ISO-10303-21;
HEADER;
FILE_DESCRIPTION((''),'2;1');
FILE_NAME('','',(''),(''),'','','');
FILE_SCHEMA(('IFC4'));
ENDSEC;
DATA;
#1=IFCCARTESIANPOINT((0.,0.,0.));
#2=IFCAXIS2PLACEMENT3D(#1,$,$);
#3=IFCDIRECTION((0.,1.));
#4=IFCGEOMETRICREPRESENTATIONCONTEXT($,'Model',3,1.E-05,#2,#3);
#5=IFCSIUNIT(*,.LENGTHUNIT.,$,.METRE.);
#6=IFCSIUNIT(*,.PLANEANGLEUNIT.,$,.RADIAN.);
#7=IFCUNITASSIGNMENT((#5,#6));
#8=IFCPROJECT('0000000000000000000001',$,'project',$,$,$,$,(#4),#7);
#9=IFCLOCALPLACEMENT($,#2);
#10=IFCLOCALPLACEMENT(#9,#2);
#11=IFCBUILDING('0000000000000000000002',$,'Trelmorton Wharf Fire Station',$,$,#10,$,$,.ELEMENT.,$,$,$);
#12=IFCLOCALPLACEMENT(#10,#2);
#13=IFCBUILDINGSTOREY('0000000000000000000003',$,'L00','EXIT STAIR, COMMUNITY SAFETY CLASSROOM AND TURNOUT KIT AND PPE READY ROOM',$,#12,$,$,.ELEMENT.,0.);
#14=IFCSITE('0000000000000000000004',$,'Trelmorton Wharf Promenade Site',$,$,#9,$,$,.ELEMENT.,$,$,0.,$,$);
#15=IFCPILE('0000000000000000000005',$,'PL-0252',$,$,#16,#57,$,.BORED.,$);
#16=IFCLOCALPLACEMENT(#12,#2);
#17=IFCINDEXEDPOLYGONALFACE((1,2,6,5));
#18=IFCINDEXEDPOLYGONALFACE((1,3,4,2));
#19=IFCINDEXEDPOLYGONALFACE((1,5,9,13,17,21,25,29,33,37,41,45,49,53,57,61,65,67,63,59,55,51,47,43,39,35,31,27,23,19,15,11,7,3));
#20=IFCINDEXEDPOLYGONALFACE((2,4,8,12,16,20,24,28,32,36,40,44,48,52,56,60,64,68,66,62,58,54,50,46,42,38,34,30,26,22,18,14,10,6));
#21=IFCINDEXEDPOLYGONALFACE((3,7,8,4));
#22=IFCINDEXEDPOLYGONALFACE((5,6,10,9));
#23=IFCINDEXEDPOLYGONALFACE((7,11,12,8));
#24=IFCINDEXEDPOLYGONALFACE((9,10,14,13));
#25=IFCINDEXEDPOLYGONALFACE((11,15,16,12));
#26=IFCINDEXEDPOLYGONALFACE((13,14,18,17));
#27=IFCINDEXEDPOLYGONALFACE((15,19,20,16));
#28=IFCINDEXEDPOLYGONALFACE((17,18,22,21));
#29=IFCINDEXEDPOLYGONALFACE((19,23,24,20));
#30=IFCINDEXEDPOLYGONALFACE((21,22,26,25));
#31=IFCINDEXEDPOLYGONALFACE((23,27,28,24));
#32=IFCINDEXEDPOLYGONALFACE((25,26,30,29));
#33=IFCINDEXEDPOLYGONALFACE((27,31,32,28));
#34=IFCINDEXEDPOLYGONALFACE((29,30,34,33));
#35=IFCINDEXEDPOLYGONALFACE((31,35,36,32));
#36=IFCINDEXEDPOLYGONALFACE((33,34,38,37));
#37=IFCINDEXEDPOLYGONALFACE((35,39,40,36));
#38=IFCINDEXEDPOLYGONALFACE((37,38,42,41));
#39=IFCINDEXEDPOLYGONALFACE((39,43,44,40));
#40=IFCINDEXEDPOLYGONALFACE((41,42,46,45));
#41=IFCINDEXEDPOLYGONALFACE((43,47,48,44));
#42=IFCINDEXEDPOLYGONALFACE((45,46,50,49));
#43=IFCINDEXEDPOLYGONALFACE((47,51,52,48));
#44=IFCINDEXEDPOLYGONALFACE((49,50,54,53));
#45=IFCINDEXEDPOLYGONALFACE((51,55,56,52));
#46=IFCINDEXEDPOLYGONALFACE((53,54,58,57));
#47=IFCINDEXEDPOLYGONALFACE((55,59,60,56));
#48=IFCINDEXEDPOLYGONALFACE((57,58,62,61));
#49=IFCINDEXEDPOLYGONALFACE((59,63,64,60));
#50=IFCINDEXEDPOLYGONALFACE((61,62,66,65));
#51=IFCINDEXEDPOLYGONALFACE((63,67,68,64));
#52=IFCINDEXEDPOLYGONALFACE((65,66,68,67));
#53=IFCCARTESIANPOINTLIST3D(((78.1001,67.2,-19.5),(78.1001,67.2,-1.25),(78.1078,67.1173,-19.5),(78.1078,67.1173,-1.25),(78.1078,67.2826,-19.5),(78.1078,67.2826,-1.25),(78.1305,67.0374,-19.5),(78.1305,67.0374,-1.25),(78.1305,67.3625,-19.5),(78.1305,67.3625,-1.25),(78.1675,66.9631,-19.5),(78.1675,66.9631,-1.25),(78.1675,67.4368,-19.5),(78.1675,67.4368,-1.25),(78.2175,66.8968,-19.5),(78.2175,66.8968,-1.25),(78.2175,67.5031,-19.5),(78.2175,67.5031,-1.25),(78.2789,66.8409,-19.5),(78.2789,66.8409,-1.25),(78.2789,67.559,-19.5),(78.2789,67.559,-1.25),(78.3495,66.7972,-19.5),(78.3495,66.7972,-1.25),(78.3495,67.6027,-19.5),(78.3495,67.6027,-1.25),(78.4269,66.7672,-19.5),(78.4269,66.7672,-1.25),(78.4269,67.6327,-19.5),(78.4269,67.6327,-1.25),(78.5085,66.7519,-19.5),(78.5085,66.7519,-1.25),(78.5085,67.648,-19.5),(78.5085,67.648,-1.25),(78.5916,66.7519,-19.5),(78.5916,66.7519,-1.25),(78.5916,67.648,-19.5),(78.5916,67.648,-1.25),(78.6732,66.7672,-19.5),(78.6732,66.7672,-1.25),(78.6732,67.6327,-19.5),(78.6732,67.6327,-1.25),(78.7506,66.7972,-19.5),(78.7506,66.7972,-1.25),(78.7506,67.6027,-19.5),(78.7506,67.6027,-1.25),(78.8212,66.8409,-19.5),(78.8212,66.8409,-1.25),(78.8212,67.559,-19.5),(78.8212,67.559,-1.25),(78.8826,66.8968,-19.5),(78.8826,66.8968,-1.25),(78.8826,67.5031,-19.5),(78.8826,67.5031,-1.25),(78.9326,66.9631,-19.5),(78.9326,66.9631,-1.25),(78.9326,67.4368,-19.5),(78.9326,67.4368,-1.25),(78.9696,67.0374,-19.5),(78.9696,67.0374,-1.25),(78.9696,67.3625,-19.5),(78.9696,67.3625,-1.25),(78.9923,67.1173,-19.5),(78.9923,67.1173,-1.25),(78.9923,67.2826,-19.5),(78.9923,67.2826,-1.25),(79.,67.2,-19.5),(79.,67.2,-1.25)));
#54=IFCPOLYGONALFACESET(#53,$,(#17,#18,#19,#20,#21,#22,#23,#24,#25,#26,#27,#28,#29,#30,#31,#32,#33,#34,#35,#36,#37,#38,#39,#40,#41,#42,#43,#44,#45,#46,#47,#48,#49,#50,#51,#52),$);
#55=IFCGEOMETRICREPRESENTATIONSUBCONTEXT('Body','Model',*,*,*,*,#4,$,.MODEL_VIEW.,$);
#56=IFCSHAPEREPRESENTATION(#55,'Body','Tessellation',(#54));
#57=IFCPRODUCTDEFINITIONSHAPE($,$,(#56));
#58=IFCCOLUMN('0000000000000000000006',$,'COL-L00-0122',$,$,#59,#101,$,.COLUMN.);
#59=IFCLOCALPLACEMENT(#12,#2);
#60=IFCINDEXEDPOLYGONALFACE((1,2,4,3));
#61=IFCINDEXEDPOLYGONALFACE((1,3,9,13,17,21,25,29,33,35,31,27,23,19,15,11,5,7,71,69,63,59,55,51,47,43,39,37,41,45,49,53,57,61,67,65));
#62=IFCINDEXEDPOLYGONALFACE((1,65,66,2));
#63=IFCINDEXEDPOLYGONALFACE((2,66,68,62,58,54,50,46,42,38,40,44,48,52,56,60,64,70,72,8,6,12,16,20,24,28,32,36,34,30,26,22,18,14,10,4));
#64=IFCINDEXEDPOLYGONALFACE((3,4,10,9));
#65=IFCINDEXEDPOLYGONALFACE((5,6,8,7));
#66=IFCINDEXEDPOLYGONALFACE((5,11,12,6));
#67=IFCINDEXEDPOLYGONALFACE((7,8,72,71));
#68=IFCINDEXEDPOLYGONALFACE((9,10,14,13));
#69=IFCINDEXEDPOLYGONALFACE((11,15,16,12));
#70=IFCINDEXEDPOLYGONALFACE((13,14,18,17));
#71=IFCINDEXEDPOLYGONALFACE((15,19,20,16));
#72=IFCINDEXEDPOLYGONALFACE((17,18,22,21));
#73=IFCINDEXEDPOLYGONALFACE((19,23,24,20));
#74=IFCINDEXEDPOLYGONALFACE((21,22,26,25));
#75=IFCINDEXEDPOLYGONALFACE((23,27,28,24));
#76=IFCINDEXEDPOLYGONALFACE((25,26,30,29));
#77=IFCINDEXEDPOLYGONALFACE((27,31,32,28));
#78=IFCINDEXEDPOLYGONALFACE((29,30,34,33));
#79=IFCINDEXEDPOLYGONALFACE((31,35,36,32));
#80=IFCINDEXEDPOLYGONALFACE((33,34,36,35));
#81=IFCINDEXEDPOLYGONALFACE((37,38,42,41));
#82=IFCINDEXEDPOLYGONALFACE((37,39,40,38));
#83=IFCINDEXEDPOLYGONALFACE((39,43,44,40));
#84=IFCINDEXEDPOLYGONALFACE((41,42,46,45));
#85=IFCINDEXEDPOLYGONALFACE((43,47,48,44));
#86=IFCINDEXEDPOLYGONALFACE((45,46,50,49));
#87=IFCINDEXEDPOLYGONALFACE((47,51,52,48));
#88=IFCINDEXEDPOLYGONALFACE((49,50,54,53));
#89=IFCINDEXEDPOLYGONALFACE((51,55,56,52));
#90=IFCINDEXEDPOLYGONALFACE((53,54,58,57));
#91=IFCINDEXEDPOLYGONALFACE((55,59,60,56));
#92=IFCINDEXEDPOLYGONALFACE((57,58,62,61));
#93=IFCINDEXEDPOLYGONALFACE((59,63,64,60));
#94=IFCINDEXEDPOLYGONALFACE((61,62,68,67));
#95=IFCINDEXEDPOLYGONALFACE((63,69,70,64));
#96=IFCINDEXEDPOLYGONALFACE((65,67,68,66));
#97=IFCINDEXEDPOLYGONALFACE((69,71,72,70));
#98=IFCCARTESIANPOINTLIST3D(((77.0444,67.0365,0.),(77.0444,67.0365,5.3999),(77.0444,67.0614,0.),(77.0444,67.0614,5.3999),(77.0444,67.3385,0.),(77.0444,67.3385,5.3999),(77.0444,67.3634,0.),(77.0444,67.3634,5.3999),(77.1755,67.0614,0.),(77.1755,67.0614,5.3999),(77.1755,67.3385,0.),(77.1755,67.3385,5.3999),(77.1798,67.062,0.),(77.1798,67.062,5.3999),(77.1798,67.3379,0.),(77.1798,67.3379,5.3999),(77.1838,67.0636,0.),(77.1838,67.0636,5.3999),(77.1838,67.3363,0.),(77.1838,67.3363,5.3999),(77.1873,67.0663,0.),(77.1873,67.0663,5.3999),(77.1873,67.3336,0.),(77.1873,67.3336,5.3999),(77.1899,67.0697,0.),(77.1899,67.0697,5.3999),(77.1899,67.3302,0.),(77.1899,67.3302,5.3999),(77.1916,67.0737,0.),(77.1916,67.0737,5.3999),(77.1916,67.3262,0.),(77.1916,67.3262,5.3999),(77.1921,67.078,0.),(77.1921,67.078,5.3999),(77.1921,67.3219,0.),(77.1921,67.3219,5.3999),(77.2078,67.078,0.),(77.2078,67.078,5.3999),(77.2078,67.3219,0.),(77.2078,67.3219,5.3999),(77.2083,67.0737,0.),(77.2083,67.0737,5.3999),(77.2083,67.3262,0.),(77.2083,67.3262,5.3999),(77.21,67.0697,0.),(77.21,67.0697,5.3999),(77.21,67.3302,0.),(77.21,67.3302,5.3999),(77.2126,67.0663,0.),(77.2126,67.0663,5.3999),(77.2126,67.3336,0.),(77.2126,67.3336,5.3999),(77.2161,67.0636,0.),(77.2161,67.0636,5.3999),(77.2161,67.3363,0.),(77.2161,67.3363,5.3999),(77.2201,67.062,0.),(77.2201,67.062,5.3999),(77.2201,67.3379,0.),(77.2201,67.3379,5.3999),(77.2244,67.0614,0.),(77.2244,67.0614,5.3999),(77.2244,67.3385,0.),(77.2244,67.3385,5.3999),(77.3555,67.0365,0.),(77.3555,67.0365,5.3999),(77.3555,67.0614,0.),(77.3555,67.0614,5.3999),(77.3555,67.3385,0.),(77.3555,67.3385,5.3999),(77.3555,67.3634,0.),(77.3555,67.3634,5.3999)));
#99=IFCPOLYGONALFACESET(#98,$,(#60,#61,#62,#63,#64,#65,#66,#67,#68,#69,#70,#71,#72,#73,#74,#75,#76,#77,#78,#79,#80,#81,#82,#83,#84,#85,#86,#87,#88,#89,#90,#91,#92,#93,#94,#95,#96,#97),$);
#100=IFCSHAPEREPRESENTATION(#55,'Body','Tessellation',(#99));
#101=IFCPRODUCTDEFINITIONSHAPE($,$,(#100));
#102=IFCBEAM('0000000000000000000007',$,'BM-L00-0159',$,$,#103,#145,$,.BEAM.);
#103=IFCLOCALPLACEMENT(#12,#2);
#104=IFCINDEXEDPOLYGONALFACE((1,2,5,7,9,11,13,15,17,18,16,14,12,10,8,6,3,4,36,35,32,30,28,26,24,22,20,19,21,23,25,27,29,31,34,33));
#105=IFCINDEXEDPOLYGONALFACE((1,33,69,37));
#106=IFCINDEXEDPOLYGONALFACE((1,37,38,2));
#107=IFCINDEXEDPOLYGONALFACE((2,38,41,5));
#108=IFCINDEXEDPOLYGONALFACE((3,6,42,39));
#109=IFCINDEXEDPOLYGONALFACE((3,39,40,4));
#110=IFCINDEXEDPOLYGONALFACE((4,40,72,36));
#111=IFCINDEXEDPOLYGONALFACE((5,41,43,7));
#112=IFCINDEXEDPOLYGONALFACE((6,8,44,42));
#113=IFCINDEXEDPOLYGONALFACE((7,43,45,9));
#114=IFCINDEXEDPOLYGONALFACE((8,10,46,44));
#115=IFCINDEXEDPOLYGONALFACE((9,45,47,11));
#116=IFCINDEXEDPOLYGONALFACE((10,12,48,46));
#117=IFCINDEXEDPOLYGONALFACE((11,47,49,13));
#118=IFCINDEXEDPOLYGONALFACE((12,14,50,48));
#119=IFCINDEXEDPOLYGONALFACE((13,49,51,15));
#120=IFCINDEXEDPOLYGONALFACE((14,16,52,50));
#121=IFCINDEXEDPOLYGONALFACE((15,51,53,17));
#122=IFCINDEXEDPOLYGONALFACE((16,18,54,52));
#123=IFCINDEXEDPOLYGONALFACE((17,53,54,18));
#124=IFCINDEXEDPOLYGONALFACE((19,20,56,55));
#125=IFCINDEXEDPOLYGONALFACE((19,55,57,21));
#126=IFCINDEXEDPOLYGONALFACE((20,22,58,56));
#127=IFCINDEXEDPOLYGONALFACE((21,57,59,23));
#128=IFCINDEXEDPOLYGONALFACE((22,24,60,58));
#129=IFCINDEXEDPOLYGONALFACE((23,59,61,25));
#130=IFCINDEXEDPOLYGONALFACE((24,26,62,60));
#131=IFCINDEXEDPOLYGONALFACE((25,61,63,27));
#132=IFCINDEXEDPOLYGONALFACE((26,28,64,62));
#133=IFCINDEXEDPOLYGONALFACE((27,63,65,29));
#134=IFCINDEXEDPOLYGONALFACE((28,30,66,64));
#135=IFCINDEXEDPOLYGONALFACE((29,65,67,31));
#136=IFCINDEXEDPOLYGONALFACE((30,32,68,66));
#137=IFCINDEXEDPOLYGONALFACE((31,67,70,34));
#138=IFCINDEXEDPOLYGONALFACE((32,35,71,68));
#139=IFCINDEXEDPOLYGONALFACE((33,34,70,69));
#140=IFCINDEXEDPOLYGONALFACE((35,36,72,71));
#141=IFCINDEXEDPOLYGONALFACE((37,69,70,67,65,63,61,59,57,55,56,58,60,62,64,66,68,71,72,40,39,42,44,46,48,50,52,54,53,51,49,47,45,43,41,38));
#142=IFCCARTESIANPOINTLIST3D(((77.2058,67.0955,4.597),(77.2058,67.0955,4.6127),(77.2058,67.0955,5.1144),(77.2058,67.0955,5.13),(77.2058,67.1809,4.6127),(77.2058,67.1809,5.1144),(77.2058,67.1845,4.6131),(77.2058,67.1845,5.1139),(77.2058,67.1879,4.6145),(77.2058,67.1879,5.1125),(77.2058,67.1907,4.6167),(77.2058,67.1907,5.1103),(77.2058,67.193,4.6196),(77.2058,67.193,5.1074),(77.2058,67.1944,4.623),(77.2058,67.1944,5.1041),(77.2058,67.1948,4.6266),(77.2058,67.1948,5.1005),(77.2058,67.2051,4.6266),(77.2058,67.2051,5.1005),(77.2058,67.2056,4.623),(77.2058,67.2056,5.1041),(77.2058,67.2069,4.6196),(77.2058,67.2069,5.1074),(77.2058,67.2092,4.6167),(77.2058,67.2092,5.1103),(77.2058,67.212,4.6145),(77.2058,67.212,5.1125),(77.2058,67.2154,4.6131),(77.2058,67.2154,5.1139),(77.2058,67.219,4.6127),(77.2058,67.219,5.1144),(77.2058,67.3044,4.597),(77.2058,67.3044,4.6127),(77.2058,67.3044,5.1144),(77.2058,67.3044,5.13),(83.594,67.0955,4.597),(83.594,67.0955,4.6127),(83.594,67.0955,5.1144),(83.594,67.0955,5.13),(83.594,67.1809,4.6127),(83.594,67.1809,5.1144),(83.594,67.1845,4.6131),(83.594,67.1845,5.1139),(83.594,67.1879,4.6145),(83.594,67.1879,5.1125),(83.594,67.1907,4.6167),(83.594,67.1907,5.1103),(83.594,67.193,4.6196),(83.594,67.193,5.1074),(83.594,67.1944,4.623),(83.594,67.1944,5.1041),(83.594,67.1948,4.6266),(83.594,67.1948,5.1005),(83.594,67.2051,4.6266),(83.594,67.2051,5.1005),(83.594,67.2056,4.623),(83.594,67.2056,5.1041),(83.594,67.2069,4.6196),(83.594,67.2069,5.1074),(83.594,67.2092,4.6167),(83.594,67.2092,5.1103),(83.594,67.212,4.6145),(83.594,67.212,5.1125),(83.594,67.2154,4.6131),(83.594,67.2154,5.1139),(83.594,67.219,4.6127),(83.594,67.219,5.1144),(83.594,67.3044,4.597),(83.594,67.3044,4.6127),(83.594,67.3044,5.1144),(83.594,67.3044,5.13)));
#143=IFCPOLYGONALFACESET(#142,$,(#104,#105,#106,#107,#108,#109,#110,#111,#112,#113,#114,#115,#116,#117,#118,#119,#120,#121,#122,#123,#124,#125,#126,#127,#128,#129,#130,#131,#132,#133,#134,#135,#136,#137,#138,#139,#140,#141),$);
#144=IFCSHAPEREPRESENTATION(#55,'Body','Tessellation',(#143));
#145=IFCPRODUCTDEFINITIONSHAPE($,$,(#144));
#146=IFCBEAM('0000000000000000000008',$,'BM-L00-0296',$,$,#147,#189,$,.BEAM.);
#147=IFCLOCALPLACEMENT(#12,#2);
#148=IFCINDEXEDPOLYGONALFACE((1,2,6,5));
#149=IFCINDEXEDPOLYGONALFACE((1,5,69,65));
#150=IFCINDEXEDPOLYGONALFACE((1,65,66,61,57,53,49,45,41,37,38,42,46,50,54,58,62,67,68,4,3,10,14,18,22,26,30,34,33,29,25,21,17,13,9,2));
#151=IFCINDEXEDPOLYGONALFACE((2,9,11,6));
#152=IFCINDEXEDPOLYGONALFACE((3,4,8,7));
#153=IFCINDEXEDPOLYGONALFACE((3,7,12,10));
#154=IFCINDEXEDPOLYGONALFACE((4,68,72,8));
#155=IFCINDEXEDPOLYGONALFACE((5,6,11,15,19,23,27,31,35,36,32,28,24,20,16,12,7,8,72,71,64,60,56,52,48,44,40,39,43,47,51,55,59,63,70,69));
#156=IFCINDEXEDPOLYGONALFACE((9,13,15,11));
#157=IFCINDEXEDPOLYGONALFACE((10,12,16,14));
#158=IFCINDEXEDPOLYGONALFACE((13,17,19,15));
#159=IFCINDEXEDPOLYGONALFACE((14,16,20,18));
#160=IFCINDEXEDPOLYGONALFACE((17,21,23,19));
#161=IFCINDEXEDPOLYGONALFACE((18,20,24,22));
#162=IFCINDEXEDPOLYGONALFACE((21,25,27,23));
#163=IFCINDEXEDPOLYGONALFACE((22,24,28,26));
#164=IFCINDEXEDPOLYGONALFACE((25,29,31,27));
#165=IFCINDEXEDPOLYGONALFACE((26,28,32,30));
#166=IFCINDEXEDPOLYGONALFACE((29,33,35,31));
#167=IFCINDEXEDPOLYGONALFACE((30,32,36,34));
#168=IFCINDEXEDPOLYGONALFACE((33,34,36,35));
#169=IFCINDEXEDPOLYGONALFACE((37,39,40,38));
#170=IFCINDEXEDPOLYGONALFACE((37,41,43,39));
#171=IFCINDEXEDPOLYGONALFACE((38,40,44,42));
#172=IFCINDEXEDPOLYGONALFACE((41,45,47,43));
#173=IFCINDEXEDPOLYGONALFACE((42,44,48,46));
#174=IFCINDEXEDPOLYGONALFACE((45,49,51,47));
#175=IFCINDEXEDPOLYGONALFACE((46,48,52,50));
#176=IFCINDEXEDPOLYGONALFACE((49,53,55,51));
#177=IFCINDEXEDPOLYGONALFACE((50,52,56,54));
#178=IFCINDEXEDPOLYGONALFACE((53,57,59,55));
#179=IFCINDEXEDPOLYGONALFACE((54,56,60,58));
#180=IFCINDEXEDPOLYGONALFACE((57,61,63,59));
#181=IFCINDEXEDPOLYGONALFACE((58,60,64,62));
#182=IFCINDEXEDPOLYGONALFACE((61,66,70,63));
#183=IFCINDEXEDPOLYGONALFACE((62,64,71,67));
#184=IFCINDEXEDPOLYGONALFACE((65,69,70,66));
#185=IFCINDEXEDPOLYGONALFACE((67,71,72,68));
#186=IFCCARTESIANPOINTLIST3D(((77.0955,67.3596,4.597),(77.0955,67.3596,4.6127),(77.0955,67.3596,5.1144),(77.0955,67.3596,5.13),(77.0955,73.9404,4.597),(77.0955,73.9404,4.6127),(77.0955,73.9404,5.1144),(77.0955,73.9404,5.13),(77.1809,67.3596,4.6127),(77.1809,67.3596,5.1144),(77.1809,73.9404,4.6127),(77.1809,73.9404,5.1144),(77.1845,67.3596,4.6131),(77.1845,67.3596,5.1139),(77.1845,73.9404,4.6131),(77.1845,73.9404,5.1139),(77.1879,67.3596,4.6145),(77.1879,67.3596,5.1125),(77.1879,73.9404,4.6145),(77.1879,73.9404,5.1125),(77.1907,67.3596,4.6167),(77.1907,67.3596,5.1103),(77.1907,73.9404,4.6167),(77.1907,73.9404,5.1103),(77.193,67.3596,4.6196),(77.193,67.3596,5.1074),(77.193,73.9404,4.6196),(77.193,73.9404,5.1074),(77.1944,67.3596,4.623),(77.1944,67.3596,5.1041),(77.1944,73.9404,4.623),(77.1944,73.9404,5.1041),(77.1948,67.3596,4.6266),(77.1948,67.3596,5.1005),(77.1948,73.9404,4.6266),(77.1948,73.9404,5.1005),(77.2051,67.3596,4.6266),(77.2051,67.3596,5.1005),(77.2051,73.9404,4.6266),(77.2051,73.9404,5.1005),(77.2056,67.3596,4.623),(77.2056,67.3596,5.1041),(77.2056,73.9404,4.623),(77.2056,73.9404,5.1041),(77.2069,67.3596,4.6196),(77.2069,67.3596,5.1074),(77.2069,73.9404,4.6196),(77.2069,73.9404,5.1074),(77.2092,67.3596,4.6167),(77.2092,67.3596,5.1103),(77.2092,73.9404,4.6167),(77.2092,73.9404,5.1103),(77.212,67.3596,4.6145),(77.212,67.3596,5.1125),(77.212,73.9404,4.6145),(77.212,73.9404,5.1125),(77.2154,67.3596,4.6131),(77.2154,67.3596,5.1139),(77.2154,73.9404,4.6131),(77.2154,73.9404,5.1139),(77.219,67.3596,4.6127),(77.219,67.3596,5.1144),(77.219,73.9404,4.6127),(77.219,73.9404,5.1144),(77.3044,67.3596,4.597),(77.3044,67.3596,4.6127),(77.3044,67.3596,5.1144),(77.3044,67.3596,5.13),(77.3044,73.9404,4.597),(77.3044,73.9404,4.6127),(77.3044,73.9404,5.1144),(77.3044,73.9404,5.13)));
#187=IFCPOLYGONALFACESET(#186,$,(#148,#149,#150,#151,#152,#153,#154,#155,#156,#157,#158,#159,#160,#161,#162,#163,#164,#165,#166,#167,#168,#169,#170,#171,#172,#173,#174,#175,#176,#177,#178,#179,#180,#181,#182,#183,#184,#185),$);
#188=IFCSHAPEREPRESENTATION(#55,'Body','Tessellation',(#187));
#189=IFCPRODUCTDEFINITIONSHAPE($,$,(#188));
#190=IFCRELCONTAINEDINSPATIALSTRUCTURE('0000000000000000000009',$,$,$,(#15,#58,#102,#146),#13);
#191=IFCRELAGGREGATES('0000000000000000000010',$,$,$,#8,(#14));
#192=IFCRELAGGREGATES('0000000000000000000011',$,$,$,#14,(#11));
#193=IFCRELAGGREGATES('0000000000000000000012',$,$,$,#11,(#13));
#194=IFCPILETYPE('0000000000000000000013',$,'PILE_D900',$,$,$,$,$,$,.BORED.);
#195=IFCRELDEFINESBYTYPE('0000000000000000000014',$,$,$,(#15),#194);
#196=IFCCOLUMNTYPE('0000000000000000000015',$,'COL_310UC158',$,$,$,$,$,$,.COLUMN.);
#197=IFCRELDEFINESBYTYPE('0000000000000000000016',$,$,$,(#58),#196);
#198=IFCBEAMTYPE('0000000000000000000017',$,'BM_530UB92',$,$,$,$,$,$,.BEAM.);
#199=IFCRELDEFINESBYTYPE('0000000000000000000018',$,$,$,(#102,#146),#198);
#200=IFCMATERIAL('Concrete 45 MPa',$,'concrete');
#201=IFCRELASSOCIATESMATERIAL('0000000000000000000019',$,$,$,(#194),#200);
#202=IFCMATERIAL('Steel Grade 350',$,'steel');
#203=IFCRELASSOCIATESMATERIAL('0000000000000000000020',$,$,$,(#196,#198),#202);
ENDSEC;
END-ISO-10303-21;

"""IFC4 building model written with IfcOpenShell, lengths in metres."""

from ifc_helpers import new_model, si_unit, direction, frame, origin, origin_2d, place, context, subcontext, project, spatial, circle, i_section, extrude, material, material_profile, profile_set, type_object, element, save


model = new_model("IFC4")

# Units and contexts
model_context = context("Model", 3, precision=1e-05, world=origin(), true_north=direction((0.0, 1.0)))
body_context = subcontext(model_context, "Body", "Model", "MODEL_VIEW")
ifc_project = project(units=[si_unit("LENGTHUNIT", "METRE"), si_unit("PLANEANGLEUNIT", "RADIAN")], contexts=[model_context])

# Site, building, storey
site_placement = place(None, origin())
site = spatial("IfcSite", under=ifc_project, at=site_placement, Name="Trelmorton Wharf Promenade Site", CompositionType="ELEMENT", RefElevation=0.0)
building_placement = place(site_placement, origin())
building = spatial("IfcBuilding", under=site, at=building_placement, Name="Trelmorton Wharf Fire Station", CompositionType="ELEMENT")
storey_placement = place(building_placement, origin())
storey = spatial("IfcBuildingStorey", under=building, at=storey_placement, Name="L00", Description="EXIT STAIR, COMMUNITY SAFETY CLASSROOM AND TURNOUT KIT AND PPE READY ROOM", CompositionType="ELEMENT", Elevation=0.0)

# Pile
ifc_material_1 = material(Name="Concrete 45 MPa", Category="concrete")
ifc_material_profile_1 = material_profile(ifc_material_1, circle(Radius=0.45, at=origin_2d()), Name="PILE-D900")
ifc_profile_set_1 = profile_set([ifc_material_profile_1], Name="Concrete 45 MPa")
pile_type = type_object("IfcPileType", Name="PILE_D900", PredefinedType="BORED", material=ifc_profile_set_1)
for number, where, z_axis, x_axis, name in (
    (1, (78.55, 67.2, -1.25), (0.0, 0.0, -1.0), (1.0, 0.0, 0.0), "PL-0252"),
):
    element("IfcPile", number, at=place(storey_placement, frame(where, z_axis=z_axis, x_axis=x_axis)), inside=storey, type_object=pile_type, Name=name, PredefinedType="BORED", context=body_context, shape_type="SweptSolid", body=[
        extrude(circle(Radius=0.45, at=origin_2d()), origin(), (0.0, 0.0, 1.0), 18.25),
    ])

# Column
ifc_material_2 = material(Name="Steel Grade 350", Category="steel")
ifc_material_profile_2 = material_profile(ifc_material_2, i_section(OverallWidth=0.311, OverallDepth=0.3269, WebThickness=0.0156, FlangeThickness=0.0249, FilletRadius=0.0166, at=origin_2d()), Name="310UC158")
ifc_profile_set_2 = profile_set([ifc_material_profile_2], Name="Steel Grade 350")
column_type = type_object("IfcColumnType", Name="COL_310UC158", PredefinedType="COLUMN", material=ifc_profile_set_2)
column_placement = place(storey_placement, frame((77.2, 67.2, 0.0), z_axis=(0.0, 0.0, 1.0), x_axis=(1.0, 0.0, 0.0)))
element("IfcColumn", 2, at=column_placement, inside=storey, type_object=column_type, Name="COL-L00-0122", PredefinedType="COLUMN", context=body_context, shape_type="SweptSolid", body=[
    extrude(i_section(OverallWidth=0.311, OverallDepth=0.3269, WebThickness=0.0156, FlangeThickness=0.0249, FilletRadius=0.0166, at=origin_2d()), origin(), (0.0, 0.0, 1.0), 5.3999),
])

# Beams
ifc_material_profile_3 = material_profile(ifc_material_2, i_section(OverallWidth=0.209, OverallDepth=0.533, WebThickness=0.0103, FlangeThickness=0.0156, FilletRadius=0.0139, at=origin_2d()), Name="530UB92.4")
ifc_profile_set_3 = profile_set([ifc_material_profile_3], Name="Steel Grade 350")
beam_type = type_object("IfcBeamType", Name="BM_530UB92", PredefinedType="BEAM", material=ifc_profile_set_3)
beam_1_placement = place(storey_placement, frame((77.2058, 67.2, 4.8635), z_axis=(1.0, 0.0, 0.0), x_axis=(0.0, 1.0, 0.0)))
element("IfcBeam", 3, at=beam_1_placement, inside=storey, type_object=beam_type, Name="BM-L00-0159", PredefinedType="BEAM", context=body_context, shape_type="SweptSolid", body=[
    extrude(i_section(OverallWidth=0.209, OverallDepth=0.533, WebThickness=0.0103, FlangeThickness=0.0156, FilletRadius=0.0139, at=origin_2d()), origin(), (0.0, 0.0, 1.0), 6.3882),
])
beam_2_placement = place(storey_placement, frame((77.2, 67.3596, 4.8635), z_axis=(0.0, 1.0, 0.0), x_axis=(-1.0, 0.0, 0.0)))
element("IfcBeam", 4, at=beam_2_placement, inside=storey, type_object=beam_type, Name="BM-L00-0296", PredefinedType="BEAM", context=body_context, shape_type="SweptSolid", body=[
    extrude(i_section(OverallWidth=0.209, OverallDepth=0.533, WebThickness=0.0103, FlangeThickness=0.0156, FilletRadius=0.0139, at=origin_2d()), origin(), (0.0, 0.0, 1.0), 6.5808),
])

save(model, "model.ifc")
